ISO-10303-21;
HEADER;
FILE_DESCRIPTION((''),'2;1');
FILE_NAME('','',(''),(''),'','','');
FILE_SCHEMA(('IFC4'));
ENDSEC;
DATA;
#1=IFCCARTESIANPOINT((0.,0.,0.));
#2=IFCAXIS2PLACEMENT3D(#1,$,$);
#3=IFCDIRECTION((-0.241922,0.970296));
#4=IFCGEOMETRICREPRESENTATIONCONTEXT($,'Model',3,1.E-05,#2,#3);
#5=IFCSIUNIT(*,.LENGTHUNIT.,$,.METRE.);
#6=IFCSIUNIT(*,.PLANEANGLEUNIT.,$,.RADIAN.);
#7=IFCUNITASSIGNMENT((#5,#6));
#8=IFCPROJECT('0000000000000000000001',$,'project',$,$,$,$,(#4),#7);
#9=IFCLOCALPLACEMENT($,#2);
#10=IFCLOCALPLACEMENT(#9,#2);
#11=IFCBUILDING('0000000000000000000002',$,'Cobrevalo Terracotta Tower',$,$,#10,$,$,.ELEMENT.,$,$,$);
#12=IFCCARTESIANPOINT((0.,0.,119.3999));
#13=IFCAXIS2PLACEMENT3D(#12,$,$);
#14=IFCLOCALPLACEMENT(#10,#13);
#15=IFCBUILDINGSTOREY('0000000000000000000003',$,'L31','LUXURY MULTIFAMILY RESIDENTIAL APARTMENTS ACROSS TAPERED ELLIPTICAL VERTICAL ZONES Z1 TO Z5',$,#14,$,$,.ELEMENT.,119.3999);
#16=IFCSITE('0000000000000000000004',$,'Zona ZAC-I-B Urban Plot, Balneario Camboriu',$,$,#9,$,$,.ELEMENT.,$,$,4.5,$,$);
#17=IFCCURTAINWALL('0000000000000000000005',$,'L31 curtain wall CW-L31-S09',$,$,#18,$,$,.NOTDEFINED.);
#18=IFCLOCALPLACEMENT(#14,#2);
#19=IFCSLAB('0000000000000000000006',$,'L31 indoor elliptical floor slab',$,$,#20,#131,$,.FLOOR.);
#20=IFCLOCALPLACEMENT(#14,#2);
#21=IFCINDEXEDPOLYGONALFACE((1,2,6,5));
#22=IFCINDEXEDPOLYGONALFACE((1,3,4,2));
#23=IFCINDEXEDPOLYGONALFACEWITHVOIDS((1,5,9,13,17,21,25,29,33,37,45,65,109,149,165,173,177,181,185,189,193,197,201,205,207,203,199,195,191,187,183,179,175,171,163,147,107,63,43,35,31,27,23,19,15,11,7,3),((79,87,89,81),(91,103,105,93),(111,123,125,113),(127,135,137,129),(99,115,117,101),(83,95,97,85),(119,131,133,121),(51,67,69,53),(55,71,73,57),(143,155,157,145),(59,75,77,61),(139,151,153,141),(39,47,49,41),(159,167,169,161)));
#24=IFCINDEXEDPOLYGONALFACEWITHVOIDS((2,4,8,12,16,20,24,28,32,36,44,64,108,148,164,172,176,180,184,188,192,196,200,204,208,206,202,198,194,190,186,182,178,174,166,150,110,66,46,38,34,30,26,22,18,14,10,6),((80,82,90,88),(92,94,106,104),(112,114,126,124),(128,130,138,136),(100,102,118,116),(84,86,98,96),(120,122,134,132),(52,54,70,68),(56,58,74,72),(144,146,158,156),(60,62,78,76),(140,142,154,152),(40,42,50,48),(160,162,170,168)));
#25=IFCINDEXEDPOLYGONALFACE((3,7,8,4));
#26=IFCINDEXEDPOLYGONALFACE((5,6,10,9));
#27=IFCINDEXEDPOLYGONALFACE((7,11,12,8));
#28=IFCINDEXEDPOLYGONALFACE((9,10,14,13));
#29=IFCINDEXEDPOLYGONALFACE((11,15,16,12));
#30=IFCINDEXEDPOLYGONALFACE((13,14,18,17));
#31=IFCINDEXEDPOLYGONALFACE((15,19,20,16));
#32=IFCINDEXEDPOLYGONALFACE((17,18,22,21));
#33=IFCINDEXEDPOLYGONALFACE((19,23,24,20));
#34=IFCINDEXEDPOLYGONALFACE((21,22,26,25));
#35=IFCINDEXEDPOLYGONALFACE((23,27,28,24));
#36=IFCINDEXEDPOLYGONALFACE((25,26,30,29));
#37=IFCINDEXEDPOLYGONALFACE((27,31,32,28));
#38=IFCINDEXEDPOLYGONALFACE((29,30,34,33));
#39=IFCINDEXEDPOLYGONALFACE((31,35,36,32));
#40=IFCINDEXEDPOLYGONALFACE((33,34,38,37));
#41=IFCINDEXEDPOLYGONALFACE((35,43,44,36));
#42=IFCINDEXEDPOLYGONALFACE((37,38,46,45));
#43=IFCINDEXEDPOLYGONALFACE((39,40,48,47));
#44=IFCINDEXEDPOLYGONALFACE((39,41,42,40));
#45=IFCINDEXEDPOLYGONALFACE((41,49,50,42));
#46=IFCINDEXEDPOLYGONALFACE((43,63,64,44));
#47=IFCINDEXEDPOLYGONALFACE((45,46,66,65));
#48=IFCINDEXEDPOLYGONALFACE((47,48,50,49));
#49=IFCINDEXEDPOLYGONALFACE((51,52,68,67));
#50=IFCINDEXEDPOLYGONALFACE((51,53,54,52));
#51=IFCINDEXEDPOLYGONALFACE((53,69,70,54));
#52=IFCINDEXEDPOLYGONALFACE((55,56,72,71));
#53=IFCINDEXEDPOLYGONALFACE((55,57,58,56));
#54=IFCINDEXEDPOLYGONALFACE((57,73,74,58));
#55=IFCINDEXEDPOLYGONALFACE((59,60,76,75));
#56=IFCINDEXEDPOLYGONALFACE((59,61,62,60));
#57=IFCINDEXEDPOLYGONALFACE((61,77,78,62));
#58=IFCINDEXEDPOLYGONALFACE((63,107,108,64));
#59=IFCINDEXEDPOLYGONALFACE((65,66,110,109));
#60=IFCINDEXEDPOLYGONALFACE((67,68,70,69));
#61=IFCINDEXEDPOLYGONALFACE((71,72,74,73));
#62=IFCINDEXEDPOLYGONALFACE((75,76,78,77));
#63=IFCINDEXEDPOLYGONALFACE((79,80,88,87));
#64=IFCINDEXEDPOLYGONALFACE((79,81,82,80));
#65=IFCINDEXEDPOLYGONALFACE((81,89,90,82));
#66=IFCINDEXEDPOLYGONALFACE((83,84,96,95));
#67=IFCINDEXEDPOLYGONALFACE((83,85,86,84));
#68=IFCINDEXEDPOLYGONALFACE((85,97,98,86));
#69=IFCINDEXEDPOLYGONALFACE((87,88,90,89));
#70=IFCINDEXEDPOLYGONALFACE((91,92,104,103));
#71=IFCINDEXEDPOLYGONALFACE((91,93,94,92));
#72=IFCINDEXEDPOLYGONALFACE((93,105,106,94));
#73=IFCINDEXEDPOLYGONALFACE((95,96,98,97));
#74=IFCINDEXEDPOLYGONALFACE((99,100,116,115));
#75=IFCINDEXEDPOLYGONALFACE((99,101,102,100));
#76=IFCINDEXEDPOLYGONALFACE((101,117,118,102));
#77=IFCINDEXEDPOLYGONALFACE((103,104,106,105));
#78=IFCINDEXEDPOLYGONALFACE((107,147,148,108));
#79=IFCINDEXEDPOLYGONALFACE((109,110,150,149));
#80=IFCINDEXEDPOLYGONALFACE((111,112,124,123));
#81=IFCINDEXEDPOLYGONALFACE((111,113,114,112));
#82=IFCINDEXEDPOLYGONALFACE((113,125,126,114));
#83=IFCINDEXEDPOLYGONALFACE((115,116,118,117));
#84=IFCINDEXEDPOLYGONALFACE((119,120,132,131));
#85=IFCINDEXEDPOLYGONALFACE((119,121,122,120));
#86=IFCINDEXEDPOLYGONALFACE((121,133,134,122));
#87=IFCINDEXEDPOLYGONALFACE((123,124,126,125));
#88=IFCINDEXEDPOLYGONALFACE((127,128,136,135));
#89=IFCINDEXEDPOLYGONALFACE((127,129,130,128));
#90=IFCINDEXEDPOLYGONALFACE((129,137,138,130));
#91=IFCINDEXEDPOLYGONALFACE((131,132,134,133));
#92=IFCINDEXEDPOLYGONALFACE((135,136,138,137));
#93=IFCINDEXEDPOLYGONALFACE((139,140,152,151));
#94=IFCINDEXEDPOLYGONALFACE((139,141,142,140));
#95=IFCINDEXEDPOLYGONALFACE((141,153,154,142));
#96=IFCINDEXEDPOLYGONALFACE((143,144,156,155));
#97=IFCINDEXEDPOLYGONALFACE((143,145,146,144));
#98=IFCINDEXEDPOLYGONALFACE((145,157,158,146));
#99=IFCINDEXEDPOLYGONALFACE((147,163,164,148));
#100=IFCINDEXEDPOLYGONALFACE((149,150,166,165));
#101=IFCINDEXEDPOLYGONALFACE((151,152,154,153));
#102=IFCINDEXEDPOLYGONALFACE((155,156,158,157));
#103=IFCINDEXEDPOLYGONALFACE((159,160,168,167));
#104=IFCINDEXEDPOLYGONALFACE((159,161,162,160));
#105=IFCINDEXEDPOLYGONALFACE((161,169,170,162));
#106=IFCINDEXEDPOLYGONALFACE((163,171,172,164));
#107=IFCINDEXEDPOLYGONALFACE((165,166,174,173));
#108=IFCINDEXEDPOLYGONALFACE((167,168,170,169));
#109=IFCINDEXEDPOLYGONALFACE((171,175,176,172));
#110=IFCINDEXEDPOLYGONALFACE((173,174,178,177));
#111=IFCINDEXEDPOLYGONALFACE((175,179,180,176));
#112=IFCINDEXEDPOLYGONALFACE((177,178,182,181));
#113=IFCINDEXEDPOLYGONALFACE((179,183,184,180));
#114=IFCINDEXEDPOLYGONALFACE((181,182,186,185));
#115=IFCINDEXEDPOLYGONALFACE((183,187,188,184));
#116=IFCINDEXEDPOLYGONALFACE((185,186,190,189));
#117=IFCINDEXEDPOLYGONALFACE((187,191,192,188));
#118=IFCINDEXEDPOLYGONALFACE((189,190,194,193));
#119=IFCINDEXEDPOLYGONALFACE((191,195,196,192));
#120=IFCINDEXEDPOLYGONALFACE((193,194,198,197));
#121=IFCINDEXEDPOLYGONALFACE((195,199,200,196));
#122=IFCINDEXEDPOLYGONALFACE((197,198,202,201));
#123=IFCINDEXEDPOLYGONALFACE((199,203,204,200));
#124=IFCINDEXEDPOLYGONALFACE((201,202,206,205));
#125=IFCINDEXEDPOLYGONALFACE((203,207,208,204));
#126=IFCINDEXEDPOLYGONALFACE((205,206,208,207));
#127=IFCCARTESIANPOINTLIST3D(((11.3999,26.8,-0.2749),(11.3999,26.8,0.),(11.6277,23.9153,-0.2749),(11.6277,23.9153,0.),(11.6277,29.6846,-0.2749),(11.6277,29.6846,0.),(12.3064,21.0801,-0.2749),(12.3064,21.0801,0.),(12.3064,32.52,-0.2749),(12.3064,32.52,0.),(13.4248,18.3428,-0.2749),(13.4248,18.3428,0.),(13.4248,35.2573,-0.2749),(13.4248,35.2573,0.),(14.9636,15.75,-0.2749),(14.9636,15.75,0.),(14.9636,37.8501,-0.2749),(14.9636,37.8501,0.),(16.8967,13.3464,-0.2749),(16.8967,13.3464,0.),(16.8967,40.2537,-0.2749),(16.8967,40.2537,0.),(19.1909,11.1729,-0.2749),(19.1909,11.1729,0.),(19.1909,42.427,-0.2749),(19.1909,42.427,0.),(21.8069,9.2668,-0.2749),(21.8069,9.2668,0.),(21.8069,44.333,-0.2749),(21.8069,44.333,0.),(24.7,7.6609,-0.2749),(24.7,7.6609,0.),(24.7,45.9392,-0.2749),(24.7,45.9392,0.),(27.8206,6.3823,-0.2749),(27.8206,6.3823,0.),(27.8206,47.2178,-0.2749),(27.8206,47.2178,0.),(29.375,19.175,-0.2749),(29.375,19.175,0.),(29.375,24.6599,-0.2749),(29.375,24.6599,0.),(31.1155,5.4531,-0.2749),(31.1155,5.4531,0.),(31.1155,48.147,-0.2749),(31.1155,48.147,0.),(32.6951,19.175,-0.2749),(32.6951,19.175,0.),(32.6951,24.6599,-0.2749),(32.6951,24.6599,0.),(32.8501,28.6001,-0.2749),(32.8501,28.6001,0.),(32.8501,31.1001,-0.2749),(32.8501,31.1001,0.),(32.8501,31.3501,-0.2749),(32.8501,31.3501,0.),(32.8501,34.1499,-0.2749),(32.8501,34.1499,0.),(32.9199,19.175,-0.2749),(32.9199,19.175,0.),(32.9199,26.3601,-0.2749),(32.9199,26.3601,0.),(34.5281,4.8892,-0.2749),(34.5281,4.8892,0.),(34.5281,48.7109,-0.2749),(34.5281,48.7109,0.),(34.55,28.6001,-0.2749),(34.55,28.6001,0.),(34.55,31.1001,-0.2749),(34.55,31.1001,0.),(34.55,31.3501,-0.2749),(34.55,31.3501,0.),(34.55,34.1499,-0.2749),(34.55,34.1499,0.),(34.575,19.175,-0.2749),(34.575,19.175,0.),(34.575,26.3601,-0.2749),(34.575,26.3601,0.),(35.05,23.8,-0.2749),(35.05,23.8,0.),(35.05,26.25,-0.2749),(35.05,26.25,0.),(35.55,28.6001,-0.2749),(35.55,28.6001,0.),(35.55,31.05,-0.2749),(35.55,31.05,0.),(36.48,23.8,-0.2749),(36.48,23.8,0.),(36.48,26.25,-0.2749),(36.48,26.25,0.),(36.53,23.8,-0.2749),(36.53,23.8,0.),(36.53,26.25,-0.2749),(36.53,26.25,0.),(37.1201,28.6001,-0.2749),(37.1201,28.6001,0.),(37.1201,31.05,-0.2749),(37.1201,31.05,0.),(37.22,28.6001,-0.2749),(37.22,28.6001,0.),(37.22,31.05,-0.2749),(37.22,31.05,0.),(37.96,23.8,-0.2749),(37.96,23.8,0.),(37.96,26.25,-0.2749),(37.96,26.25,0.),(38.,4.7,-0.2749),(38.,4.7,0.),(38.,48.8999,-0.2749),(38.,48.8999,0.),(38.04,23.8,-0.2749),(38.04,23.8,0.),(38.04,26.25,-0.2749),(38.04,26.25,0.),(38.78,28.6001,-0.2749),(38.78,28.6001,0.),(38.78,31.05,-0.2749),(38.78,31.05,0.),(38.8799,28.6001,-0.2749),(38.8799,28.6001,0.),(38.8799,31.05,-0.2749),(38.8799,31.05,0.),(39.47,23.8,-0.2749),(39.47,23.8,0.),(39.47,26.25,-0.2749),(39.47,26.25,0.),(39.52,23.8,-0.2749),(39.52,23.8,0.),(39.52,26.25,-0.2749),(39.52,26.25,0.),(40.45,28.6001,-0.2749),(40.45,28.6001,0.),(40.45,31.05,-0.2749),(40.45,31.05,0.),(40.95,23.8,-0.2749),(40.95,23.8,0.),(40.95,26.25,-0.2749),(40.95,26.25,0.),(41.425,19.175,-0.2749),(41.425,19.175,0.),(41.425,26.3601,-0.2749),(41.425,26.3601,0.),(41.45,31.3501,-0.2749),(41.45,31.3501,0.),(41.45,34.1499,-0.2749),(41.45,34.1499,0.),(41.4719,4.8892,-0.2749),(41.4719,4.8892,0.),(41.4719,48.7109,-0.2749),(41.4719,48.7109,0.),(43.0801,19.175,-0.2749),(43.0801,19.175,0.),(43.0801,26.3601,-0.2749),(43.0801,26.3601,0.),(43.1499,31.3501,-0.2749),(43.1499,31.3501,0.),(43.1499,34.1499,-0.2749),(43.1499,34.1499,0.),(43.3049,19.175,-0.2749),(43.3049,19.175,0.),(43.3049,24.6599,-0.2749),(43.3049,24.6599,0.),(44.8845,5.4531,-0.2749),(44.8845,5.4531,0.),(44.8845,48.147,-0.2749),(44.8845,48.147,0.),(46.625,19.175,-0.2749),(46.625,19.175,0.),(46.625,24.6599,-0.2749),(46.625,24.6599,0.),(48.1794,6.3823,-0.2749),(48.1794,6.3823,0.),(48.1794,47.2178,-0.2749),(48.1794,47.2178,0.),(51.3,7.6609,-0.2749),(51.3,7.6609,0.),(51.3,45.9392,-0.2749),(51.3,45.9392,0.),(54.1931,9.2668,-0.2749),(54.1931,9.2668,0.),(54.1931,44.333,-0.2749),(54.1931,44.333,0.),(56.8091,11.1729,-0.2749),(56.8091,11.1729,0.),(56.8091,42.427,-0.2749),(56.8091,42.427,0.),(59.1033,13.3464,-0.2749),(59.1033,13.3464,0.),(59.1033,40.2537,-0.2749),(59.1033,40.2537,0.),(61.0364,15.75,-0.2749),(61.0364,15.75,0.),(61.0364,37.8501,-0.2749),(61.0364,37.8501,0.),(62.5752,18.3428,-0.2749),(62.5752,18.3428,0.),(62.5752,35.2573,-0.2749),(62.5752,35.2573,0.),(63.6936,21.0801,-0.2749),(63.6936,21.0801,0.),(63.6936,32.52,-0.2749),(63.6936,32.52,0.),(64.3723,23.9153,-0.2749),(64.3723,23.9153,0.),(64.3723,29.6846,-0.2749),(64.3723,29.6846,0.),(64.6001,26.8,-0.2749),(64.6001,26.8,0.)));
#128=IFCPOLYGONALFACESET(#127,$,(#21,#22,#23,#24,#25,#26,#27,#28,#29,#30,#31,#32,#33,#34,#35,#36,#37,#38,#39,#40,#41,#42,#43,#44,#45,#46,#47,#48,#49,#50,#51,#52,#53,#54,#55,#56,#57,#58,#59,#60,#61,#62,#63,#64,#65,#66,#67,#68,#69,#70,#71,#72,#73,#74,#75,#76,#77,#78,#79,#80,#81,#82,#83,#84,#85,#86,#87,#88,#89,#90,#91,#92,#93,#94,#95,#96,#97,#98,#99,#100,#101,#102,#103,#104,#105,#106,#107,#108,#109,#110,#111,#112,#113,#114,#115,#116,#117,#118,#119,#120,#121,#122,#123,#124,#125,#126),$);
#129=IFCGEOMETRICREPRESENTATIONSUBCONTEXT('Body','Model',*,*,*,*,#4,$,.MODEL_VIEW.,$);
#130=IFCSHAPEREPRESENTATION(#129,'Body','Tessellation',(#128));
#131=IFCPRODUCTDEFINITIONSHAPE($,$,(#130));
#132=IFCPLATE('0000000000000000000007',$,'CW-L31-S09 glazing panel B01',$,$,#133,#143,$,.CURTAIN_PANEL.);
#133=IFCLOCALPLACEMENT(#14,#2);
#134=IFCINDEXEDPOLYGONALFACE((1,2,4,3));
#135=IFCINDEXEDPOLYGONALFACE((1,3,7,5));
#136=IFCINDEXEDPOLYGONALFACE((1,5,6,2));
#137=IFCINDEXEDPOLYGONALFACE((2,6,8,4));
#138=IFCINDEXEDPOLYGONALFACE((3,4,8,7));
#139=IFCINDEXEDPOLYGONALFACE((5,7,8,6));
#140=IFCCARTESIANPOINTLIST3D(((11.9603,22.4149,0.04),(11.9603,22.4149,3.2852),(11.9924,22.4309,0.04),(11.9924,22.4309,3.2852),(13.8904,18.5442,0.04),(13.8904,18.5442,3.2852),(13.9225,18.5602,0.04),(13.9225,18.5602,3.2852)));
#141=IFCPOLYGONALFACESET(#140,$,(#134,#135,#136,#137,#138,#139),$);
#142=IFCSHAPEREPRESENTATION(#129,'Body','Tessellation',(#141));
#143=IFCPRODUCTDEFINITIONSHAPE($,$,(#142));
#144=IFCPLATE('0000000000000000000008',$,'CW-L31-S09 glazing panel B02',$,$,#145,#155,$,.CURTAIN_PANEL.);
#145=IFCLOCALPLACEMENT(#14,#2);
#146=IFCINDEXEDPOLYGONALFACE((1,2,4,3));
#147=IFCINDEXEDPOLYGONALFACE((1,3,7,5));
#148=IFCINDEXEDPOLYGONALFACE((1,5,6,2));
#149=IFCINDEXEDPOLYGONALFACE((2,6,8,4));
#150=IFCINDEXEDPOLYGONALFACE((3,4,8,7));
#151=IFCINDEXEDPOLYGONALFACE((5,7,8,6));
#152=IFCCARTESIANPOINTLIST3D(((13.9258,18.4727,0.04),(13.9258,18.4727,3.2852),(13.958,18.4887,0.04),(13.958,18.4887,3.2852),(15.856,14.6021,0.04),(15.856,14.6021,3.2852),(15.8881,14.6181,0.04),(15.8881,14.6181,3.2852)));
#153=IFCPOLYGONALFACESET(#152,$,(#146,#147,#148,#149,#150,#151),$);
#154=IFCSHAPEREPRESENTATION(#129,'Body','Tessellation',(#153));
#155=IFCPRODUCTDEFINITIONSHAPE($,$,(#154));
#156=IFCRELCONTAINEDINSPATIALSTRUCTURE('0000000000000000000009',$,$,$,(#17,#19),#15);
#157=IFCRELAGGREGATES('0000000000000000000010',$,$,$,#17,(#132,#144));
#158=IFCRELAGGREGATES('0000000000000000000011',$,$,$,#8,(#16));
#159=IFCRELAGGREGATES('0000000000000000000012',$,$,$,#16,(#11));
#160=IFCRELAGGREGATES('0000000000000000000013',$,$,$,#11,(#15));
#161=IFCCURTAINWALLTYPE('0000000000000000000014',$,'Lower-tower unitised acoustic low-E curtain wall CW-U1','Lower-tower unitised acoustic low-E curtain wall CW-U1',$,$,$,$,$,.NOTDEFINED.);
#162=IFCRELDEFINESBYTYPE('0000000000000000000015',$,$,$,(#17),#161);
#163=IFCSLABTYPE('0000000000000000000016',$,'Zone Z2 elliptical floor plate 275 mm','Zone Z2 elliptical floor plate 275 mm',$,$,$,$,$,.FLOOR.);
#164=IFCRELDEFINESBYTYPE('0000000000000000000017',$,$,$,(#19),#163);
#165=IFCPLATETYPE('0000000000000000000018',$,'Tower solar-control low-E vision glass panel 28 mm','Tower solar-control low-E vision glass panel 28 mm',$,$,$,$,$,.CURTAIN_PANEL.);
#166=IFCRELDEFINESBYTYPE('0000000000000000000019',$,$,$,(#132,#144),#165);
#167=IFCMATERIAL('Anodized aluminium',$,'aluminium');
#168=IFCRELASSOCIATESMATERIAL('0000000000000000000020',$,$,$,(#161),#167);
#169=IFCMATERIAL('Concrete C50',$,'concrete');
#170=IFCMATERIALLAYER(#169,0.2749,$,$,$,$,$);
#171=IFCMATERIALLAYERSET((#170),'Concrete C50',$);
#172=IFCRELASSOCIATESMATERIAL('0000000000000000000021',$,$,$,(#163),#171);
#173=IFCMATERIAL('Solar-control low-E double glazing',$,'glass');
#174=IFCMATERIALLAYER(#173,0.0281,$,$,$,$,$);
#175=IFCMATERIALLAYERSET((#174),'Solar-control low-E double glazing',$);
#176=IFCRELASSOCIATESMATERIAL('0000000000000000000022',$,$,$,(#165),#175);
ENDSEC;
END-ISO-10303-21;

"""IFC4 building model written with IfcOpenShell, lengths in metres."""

from ifc_helpers import new_model, si_unit, direction, frame, origin, origin_2d, place, context, subcontext, project, spatial, polyline, rectangle, outline, extrude, source, transform, mapped, material, layer, layer_set, type_object, element, aggregate, save


model = new_model("IFC4")

# Units and contexts
model_context = context("Model", 3, precision=1e-05, world=origin(), true_north=direction((-0.241922, 0.970296)))
body_context = subcontext(model_context, "Body", "Model", "MODEL_VIEW")
ifc_project = project(units=[si_unit("LENGTHUNIT", "METRE"), si_unit("PLANEANGLEUNIT", "RADIAN")], contexts=[model_context])

# Site, building, storey
site_placement = place(None, origin())
site = spatial("IfcSite", under=ifc_project, at=site_placement, Name="Zona ZAC-I-B Urban Plot, Balneario Camboriu", CompositionType="ELEMENT", RefElevation=4.5)
building_placement = place(site_placement, origin())
building = spatial("IfcBuilding", under=site, at=building_placement, Name="Cobrevalo Terracotta Tower", CompositionType="ELEMENT")
storey_placement = place(building_placement, frame((0.0, 0.0, 119.3999)))
storey = spatial("IfcBuildingStorey", under=building, at=storey_placement, Name="L31", Description="LUXURY MULTIFAMILY RESIDENTIAL APARTMENTS ACROSS TAPERED ELLIPTICAL VERTICAL ZONES Z1 TO Z5", CompositionType="ELEMENT", Elevation=119.3999)

# Curtain wall
ifc_material_1 = material(Name="Anodized aluminium", Category="aluminium")
curtain_wall_type = type_object("IfcCurtainWallType", Name="Lower-tower unitised acoustic low-E curtain wall CW-U1", Description="Lower-tower unitised acoustic low-E curtain wall CW-U1", PredefinedType="NOTDEFINED", material=ifc_material_1)
curtain_wall_1_placement = place(storey_placement, origin())
curtain_wall_1 = element("IfcCurtainWall", 1, at=curtain_wall_1_placement, inside=storey, type_object=curtain_wall_type, Name="L31 curtain wall CW-L31-S09", PredefinedType="NOTDEFINED")

# Shared definitions
ifc_material_2 = material(Name="Concrete C50", Category="concrete")

# Slab
ifc_layer_1 = layer(ifc_material_2, 0.2749)
ifc_layer_set_1 = layer_set([ifc_layer_1], Name="Concrete C50")
slab_type_1 = type_object("IfcSlabType", Name="Zone Z2 elliptical floor plate 275 mm", Description="Zone Z2 elliptical floor plate 275 mm", PredefinedType="FLOOR", material=ifc_layer_set_1)
slab_1_placement = place(storey_placement, frame((0.0, 0.0, -0.2749)))
element("IfcSlab", 2, at=slab_1_placement, inside=storey, type_object=slab_type_1, Name="L31 indoor elliptical floor slab", PredefinedType="FLOOR", context=body_context, shape_type="SweptSolid", body=[
    extrude(outline(polyline([(64.3723, 23.9153), (63.6936, 21.0801), (62.5752, 18.3428), (61.0364, 15.75), (59.1033, 13.3464), (56.8091, 11.1729), (54.1931, 9.2668), (51.3, 7.6609), (48.1794, 6.3823), (44.8845, 5.4531), (41.4719, 4.8892), (38.0, 4.7), (34.5281, 4.8892), (31.1155, 5.4531), (27.8206, 6.3823), (24.7, 7.6609), (21.8069, 9.2668), (19.1909, 11.1729), (16.8967, 13.3464), (14.9636, 15.75), (13.4248, 18.3428), (12.3064, 21.0801), (11.6277, 23.9153), (11.3999, 26.8), (11.6277, 29.6846), (12.3064, 32.52), (13.4248, 35.2573), (14.9636, 37.8501), (16.8967, 40.2537), (19.1909, 42.427), (21.8069, 44.333), (24.7, 45.9392), (27.8206, 47.2178), (31.1155, 48.147), (34.5281, 48.7109), (38.0, 48.8999), (41.4719, 48.7109), (44.8845, 48.147), (48.1794, 47.2178), (51.3, 45.9392), (54.1931, 44.333), (56.8091, 42.427), (59.1033, 40.2537), (61.0364, 37.8501), (62.5752, 35.2573), (63.6936, 32.52), (64.3723, 29.6846), (64.6001, 26.8), (64.3723, 23.9153)]), holes=[polyline([(32.6951, 19.175), (32.6951, 24.6599), (29.375, 24.6599), (29.375, 19.175), (32.6951, 19.175)]), polyline([(34.575, 19.175), (34.575, 26.3601), (32.9199, 26.3601), (32.9199, 19.175), (34.575, 19.175)]), polyline([(36.48, 23.8), (36.48, 26.25), (35.05, 26.25), (35.05, 23.8), (36.48, 23.8)]), polyline([(37.96, 23.8), (37.96, 26.25), (36.53, 26.25), (36.53, 23.8), (37.96, 23.8)]), polyline([(37.1201, 28.6001), (37.1201, 31.05), (35.55, 31.05), (35.55, 28.6001), (37.1201, 28.6001)]), polyline([(34.55, 28.6001), (34.55, 31.1001), (32.8501, 31.1001), (32.8501, 28.6001), (34.55, 28.6001)]), polyline([(34.55, 31.3501), (34.55, 34.1499), (32.8501, 34.1499), (32.8501, 31.3501), (34.55, 31.3501)]), polyline([(46.625, 19.175), (46.625, 24.6599), (43.3049, 24.6599), (43.3049, 19.175), (46.625, 19.175)]), polyline([(43.0801, 19.175), (43.0801, 26.3601), (41.425, 26.3601), (41.425, 19.175), (43.0801, 19.175)]), polyline([(39.47, 23.8), (39.47, 26.25), (38.04, 26.25), (38.04, 23.8), (39.47, 23.8)]), polyline([(40.95, 23.8), (40.95, 26.25), (39.52, 26.25), (39.52, 23.8), (40.95, 23.8)]), polyline([(38.78, 28.6001), (38.78, 31.05), (37.22, 31.05), (37.22, 28.6001), (38.78, 28.6001)]), polyline([(40.45, 28.6001), (40.45, 31.05), (38.8799, 31.05), (38.8799, 28.6001), (40.45, 28.6001)]), polyline([(43.1499, 31.3501), (43.1499, 34.1499), (41.45, 34.1499), (41.45, 31.3501), (43.1499, 31.3501)])]), origin(), (0.0, 0.0, 1.0), 0.2749),
])

# Plates
ifc_material_3 = material(Name="Solar-control low-E double glazing", Category="glass")
ifc_layer_2 = layer(ifc_material_3, 0.0281)
ifc_layer_set_2 = layer_set([ifc_layer_2], Name="Solar-control low-E double glazing")
plate_type = type_object("IfcPlateType", Name="Tower solar-control low-E vision glass panel 28 mm", Description="Tower solar-control low-E vision glass panel 28 mm", PredefinedType="CURTAIN_PANEL", material=ifc_layer_set_2)
shared_shape_1 = source(origin(), body_context, "Body", "SweptSolid", [
    extrude(rectangle(XDim=4.3252, YDim=0.0359, at=origin_2d()), origin(), (0.0, 0.0, 1.0), 3.2451),
])
plate_1_placement = place(storey_placement, frame((12.9414, 20.4875, 0.04), z_axis=(0.0, 0.0, 1.0), x_axis=(0.446262, -0.894902, 0.0)))
plate_1 = element("IfcPlate", 3, at=plate_1_placement, type_object=plate_type, Name="CW-L31-S09 glazing panel B01", PredefinedType="CURTAIN_PANEL", context=body_context, shape_type="MappedRepresentation", body=[
    mapped(shared_shape_1, transform((0.0, 0.0, 0.0), scale=1.0)),
])
plate_2_placement = place(storey_placement, frame((14.907, 16.5454, 0.04), z_axis=(0.0, 0.0, 1.0), x_axis=(0.446262, -0.894902, 0.0)))
plate_2 = element("IfcPlate", 4, at=plate_2_placement, type_object=plate_type, Name="CW-L31-S09 glazing panel B02", PredefinedType="CURTAIN_PANEL", context=body_context, shape_type="MappedRepresentation", body=[
    mapped(shared_shape_1, transform((0.0, 0.0, 0.0), scale=1.0)),
])
aggregate(curtain_wall_1, [plate_1, plate_2])

save(model, "model.ifc")
